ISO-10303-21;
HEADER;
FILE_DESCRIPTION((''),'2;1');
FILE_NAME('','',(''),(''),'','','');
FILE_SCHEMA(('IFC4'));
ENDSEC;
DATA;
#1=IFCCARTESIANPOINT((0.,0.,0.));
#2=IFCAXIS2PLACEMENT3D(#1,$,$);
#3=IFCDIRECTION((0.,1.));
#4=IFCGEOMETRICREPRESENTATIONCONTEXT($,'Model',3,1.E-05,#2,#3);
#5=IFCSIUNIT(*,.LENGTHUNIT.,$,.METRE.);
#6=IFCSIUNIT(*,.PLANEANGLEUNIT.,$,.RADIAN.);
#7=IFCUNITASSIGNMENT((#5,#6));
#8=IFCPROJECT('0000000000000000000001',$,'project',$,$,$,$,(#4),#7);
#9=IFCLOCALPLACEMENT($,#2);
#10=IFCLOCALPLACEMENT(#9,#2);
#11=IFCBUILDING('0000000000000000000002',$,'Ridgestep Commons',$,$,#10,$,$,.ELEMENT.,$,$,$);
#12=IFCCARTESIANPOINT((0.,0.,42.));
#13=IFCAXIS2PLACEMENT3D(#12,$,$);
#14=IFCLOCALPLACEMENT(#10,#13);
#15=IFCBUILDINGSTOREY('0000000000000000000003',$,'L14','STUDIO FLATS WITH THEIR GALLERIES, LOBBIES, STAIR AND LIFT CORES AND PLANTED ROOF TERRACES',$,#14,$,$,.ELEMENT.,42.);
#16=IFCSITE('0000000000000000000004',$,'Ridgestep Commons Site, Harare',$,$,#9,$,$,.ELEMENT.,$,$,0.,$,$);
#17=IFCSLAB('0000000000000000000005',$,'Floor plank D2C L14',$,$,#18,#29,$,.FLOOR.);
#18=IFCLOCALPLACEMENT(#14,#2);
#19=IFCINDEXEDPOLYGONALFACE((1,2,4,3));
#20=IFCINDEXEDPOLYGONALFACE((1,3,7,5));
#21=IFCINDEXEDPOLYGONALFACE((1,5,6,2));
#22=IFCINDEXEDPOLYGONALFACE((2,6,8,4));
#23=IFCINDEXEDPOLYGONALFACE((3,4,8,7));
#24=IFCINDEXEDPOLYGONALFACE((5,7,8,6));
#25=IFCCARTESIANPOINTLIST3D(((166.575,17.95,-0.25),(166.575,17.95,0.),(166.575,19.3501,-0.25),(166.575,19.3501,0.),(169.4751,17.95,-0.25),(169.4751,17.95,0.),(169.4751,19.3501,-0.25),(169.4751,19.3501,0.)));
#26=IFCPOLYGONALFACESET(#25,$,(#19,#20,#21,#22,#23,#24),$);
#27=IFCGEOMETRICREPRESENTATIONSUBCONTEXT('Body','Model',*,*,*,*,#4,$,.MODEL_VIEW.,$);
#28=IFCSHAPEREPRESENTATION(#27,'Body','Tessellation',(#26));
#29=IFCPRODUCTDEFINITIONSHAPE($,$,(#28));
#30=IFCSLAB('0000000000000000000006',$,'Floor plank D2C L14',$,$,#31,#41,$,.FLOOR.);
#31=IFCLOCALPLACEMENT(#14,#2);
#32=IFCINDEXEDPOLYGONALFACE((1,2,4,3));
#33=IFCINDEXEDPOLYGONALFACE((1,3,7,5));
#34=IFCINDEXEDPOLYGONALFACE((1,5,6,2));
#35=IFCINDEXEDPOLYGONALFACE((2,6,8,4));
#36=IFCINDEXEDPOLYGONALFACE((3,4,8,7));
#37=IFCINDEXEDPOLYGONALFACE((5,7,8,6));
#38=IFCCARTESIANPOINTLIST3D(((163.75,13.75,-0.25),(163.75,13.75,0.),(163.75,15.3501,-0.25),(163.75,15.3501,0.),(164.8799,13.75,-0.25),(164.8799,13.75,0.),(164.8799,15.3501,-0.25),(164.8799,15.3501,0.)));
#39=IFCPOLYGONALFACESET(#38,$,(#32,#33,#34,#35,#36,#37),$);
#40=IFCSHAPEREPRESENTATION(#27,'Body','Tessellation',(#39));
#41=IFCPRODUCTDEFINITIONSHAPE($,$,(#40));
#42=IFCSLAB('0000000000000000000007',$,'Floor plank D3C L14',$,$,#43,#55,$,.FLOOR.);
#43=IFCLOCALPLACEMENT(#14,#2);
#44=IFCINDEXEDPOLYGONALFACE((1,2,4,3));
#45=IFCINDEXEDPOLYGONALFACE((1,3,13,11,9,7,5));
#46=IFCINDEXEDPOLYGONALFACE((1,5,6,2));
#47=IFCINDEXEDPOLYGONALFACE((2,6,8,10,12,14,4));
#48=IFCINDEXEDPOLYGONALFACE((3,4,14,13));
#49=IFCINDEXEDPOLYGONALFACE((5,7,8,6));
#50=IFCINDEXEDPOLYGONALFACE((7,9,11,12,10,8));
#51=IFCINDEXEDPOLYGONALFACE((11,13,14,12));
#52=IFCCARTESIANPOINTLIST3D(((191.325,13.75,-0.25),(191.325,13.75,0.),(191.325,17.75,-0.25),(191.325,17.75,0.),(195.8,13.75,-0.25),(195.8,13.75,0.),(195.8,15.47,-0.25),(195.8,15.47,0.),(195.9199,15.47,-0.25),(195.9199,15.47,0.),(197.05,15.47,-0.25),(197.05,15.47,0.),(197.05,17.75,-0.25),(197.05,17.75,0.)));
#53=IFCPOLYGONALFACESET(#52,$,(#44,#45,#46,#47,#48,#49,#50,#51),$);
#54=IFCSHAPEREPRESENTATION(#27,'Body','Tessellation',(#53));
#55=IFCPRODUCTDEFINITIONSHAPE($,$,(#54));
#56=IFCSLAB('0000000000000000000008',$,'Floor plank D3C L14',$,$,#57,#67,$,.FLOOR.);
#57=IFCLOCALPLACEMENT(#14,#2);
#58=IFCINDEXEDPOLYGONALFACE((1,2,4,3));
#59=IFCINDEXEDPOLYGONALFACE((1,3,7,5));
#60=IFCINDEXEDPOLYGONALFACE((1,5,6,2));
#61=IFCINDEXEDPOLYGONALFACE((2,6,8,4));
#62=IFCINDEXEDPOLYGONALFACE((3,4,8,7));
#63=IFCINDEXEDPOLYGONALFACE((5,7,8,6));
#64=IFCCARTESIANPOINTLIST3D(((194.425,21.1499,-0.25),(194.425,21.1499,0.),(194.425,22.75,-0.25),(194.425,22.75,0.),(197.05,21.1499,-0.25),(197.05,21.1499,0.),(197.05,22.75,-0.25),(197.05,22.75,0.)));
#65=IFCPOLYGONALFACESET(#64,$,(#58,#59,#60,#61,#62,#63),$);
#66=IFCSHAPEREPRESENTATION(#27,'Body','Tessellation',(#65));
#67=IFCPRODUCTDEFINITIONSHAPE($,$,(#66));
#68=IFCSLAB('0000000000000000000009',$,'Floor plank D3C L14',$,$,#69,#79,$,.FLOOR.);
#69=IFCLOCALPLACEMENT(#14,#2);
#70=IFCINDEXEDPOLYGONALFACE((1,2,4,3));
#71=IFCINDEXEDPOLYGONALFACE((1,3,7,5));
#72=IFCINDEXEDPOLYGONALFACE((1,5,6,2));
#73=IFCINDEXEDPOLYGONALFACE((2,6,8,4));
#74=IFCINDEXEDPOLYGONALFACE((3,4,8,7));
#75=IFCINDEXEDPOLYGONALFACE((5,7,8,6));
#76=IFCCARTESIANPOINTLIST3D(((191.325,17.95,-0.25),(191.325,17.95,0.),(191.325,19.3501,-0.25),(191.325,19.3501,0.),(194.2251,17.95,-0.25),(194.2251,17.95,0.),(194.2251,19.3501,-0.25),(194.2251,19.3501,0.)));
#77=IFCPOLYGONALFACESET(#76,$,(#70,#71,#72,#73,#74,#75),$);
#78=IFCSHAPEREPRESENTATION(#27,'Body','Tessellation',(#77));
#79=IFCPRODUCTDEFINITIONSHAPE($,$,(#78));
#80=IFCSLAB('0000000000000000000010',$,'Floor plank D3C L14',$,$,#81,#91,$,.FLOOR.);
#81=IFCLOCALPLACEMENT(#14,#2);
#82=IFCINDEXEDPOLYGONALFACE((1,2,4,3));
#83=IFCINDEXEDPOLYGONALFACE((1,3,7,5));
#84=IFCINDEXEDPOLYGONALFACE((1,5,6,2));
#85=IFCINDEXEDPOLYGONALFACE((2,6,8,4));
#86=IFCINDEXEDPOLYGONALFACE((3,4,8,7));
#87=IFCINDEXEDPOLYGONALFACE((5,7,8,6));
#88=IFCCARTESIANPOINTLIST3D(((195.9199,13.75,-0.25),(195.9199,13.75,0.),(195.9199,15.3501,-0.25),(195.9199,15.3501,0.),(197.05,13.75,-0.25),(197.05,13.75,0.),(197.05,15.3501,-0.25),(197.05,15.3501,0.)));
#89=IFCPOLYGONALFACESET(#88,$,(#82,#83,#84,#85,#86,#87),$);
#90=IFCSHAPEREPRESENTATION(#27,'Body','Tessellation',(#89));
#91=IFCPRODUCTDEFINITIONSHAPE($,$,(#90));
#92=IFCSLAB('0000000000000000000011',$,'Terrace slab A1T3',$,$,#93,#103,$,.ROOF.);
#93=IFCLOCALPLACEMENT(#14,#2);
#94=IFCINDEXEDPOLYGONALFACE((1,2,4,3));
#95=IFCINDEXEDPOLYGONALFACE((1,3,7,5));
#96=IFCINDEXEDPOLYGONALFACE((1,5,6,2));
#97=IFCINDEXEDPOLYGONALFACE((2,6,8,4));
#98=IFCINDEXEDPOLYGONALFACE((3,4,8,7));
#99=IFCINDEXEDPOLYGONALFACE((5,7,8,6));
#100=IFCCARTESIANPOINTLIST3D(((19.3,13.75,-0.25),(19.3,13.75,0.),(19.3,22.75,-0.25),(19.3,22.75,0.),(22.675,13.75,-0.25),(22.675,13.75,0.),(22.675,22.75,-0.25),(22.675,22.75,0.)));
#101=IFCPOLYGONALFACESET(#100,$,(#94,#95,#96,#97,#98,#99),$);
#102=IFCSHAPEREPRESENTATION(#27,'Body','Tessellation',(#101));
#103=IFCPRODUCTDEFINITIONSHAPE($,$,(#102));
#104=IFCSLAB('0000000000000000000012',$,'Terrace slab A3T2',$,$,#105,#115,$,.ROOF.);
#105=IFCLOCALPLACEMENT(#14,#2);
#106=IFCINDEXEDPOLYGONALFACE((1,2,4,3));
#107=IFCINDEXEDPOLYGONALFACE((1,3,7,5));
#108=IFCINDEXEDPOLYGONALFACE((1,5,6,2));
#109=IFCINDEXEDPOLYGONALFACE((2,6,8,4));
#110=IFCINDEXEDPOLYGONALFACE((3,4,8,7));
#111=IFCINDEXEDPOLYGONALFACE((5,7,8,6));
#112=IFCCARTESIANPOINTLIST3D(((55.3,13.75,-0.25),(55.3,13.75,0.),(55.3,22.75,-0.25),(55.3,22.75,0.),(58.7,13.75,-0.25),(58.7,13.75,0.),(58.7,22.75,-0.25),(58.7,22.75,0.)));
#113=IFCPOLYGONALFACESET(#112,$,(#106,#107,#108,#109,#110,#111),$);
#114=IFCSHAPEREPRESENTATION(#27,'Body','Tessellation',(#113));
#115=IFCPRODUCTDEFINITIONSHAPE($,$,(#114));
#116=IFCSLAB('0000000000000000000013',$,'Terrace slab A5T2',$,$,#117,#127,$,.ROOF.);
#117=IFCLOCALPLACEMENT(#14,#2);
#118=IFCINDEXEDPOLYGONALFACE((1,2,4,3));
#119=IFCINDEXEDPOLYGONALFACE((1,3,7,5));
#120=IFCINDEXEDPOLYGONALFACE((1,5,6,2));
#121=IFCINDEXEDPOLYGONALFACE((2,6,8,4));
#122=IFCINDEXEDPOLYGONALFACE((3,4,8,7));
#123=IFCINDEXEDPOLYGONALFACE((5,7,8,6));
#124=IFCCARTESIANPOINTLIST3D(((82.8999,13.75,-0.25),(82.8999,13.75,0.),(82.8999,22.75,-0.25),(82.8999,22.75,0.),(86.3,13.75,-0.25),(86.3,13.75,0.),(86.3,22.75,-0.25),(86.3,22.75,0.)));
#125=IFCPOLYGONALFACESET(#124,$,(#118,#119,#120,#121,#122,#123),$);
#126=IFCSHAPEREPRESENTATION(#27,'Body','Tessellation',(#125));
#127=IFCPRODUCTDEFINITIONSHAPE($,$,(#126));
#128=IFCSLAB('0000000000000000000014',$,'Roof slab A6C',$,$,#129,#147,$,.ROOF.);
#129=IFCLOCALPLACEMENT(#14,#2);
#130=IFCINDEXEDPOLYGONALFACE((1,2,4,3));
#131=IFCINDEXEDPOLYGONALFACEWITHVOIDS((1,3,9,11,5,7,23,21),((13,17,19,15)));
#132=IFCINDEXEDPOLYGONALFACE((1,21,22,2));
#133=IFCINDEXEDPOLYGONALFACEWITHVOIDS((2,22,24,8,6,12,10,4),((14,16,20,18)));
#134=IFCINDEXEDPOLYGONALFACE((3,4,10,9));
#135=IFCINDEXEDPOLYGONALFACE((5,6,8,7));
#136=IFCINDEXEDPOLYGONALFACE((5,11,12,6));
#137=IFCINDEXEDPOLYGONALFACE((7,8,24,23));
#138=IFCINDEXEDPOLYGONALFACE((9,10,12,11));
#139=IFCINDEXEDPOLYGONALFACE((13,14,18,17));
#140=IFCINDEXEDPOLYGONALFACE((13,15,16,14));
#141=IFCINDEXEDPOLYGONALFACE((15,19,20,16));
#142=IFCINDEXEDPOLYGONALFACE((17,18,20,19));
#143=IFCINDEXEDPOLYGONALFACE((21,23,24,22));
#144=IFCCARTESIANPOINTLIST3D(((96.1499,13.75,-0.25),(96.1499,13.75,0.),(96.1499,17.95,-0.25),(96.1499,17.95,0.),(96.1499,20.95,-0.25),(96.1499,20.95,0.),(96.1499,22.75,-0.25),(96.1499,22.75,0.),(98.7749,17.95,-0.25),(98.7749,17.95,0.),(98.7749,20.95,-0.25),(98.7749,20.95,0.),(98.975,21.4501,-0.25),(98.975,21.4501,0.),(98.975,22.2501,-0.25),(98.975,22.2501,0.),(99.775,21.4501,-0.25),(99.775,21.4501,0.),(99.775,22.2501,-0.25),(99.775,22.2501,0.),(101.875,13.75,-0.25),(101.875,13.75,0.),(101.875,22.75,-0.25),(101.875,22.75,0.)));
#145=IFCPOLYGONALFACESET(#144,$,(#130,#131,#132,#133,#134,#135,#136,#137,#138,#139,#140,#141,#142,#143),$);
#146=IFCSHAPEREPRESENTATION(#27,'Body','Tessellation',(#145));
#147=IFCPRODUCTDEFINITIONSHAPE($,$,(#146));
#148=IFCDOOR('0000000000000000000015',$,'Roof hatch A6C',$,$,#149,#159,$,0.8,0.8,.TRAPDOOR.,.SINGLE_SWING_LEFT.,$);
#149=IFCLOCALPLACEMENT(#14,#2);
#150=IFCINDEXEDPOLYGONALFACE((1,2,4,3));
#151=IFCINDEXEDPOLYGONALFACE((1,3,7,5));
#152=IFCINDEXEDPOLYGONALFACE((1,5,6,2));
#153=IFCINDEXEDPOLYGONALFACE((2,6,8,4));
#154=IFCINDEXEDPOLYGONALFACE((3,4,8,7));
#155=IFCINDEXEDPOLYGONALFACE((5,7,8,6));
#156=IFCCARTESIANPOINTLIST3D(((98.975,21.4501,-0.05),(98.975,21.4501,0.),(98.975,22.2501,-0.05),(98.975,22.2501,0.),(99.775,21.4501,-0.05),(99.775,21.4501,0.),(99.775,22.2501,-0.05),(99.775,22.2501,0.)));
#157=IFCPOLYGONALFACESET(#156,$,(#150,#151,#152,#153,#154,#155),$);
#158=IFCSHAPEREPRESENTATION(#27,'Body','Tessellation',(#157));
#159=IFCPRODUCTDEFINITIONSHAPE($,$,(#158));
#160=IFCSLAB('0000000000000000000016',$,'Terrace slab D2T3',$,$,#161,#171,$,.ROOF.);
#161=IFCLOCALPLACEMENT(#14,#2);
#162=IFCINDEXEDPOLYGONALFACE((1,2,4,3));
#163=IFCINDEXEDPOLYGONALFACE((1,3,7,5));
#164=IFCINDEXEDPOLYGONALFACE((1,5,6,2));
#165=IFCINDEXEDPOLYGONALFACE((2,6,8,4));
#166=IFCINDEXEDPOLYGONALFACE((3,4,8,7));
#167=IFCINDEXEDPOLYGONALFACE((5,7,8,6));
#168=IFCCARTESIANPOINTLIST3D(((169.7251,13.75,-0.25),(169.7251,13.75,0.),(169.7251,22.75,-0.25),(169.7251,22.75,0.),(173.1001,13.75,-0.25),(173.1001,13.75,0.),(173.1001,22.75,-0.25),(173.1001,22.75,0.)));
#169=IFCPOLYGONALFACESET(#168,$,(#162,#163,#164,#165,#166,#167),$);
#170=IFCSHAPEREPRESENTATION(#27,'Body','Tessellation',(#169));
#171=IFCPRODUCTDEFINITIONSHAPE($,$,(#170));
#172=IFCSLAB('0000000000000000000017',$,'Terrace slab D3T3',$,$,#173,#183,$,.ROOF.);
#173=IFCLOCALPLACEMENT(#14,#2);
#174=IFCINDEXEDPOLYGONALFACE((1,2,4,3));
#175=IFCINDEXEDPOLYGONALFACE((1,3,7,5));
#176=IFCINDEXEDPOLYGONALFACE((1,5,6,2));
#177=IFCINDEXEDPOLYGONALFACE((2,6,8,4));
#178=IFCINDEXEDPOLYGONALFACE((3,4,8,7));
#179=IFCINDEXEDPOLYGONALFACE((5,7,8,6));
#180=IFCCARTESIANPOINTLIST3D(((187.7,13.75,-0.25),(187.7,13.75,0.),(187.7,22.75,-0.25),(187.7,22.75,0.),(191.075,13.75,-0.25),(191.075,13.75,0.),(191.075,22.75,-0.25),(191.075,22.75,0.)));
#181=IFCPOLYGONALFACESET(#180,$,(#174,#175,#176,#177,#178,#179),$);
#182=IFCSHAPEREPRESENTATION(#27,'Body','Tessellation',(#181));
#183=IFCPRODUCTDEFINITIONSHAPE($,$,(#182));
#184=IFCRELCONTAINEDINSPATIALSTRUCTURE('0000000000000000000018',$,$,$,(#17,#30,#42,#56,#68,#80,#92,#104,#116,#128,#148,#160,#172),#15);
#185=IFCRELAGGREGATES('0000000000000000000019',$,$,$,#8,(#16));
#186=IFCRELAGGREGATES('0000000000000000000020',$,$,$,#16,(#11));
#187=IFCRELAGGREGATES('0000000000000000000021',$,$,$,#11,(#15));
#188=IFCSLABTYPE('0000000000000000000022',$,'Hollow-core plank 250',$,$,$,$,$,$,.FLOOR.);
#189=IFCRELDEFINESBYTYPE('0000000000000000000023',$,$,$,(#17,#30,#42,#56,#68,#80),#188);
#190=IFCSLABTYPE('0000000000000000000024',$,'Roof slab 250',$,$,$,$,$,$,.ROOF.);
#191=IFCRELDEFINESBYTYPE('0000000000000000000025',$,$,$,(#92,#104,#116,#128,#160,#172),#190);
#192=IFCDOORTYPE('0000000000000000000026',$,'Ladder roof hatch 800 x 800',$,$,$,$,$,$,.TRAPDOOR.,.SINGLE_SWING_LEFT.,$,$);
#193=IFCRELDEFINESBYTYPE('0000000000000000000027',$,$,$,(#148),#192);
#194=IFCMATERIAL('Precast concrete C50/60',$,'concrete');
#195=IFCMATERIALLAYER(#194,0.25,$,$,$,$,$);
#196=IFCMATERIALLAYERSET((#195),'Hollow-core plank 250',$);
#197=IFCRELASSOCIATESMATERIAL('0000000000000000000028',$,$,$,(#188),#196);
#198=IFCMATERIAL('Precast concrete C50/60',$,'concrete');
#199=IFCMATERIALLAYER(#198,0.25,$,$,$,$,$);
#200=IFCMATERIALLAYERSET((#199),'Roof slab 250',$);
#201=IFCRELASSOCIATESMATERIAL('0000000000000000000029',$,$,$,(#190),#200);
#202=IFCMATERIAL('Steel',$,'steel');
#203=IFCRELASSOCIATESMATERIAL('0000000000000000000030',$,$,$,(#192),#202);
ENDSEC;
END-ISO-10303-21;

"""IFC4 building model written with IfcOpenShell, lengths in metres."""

from ifc_helpers import new_model, si_unit, direction, frame, origin, origin_2d, place, context, subcontext, project, spatial, polyline, rectangle, outline, extrude, material, layer, layer_set, type_object, element, fill, save


model = new_model("IFC4")

# Units and contexts
model_context = context("Model", 3, precision=1e-05, world=origin(), true_north=direction((0.0, 1.0)))
body_context = subcontext(model_context, "Body", "Model", "MODEL_VIEW")
ifc_project = project(units=[si_unit("LENGTHUNIT", "METRE"), si_unit("PLANEANGLEUNIT", "RADIAN")], contexts=[model_context])

# Site, building, storey
site_placement = place(None, origin())
site = spatial("IfcSite", under=ifc_project, at=site_placement, Name="Ridgestep Commons Site, Harare", CompositionType="ELEMENT", RefElevation=0.0)
building_placement = place(site_placement, origin())
building = spatial("IfcBuilding", under=site, at=building_placement, Name="Ridgestep Commons", CompositionType="ELEMENT")
storey_placement = place(building_placement, frame((0.0, 0.0, 42.0)))
storey = spatial("IfcBuildingStorey", under=building, at=storey_placement, Name="L14", Description="STUDIO FLATS WITH THEIR GALLERIES, LOBBIES, STAIR AND LIFT CORES AND PLANTED ROOF TERRACES", CompositionType="ELEMENT", Elevation=42.0)

# Slabs
ifc_material_1 = material(Name="Precast concrete C50/60", Category="concrete")
ifc_layer_1 = layer(ifc_material_1, 0.25)
ifc_layer_set_1 = layer_set([ifc_layer_1], Name="Hollow-core plank 250")
slab_type_1 = type_object("IfcSlabType", Name="Hollow-core plank 250", PredefinedType="FLOOR", material=ifc_layer_set_1)
slab_1_placement = place(storey_placement, frame((0.0, 0.0, -0.25)))
element("IfcSlab", 1, at=slab_1_placement, inside=storey, type_object=slab_type_1, Name="Floor plank D2C L14", PredefinedType="FLOOR", context=body_context, shape_type="SweptSolid", body=[
    extrude(outline(polyline([(169.4751, 17.95), (169.4751, 19.3501), (166.575, 19.3501), (166.575, 17.95), (169.4751, 17.95)])), origin(), (0.0, 0.0, 1.0), 0.25),
])
slab_2_placement = place(storey_placement, frame((0.0, 0.0, -0.25)))
element("IfcSlab", 2, at=slab_2_placement, inside=storey, type_object=slab_type_1, Name="Floor plank D2C L14", PredefinedType="FLOOR", context=body_context, shape_type="SweptSolid", body=[
    extrude(outline(polyline([(164.8799, 15.3501), (163.75, 15.3501), (163.75, 13.75), (164.8799, 13.75), (164.8799, 15.3501)])), origin(), (0.0, 0.0, 1.0), 0.25),
])
slab_3_placement = place(storey_placement, frame((0.0, 0.0, -0.25)))
element("IfcSlab", 3, at=slab_3_placement, inside=storey, type_object=slab_type_1, Name="Floor plank D3C L14", PredefinedType="FLOOR", context=body_context, shape_type="SweptSolid", body=[
    extrude(outline(polyline([(195.9199, 15.47), (197.05, 15.47), (197.05, 17.75), (191.325, 17.75), (191.325, 13.75), (195.8, 13.75), (195.8, 15.47), (195.9199, 15.47)])), origin(), (0.0, 0.0, 1.0), 0.25),
])
slab_4_placement = place(storey_placement, frame((0.0, 0.0, -0.25)))
element("IfcSlab", 4, at=slab_4_placement, inside=storey, type_object=slab_type_1, Name="Floor plank D3C L14", PredefinedType="FLOOR", context=body_context, shape_type="SweptSolid", body=[
    extrude(outline(polyline([(197.05, 21.1499), (197.05, 22.75), (194.425, 22.75), (194.425, 21.1499), (197.05, 21.1499)])), origin(), (0.0, 0.0, 1.0), 0.25),
])
slab_5_placement = place(storey_placement, frame((0.0, 0.0, -0.25)))
element("IfcSlab", 5, at=slab_5_placement, inside=storey, type_object=slab_type_1, Name="Floor plank D3C L14", PredefinedType="FLOOR", context=body_context, shape_type="SweptSolid", body=[
    extrude(outline(polyline([(194.2251, 17.95), (194.2251, 19.3501), (191.325, 19.3501), (191.325, 17.95), (194.2251, 17.95)])), origin(), (0.0, 0.0, 1.0), 0.25),
])
slab_6_placement = place(storey_placement, frame((0.0, 0.0, -0.25)))
element("IfcSlab", 6, at=slab_6_placement, inside=storey, type_object=slab_type_1, Name="Floor plank D3C L14", PredefinedType="FLOOR", context=body_context, shape_type="SweptSolid", body=[
    extrude(outline(polyline([(195.9199, 13.75), (197.05, 13.75), (197.05, 15.3501), (195.9199, 15.3501), (195.9199, 13.75)])), origin(), (0.0, 0.0, 1.0), 0.25),
])
ifc_material_2 = material(Name="Precast concrete C50/60", Category="concrete")
ifc_layer_2 = layer(ifc_material_2, 0.25)
ifc_layer_set_2 = layer_set([ifc_layer_2], Name="Roof slab 250")
slab_type_2 = type_object("IfcSlabType", Name="Roof slab 250", PredefinedType="ROOF", material=ifc_layer_set_2)
slab_7_placement = place(storey_placement, frame((0.0, 0.0, -0.25)))
element("IfcSlab", 7, at=slab_7_placement, inside=storey, type_object=slab_type_2, Name="Terrace slab A1T3", PredefinedType="ROOF", context=body_context, shape_type="SweptSolid", body=[
    extrude(outline(polyline([(22.675, 13.75), (22.675, 22.75), (19.3, 22.75), (19.3, 13.75), (22.675, 13.75)])), origin(), (0.0, 0.0, 1.0), 0.25),
])
slab_8_placement = place(storey_placement, frame((0.0, 0.0, -0.25)))
element("IfcSlab", 8, at=slab_8_placement, inside=storey, type_object=slab_type_2, Name="Terrace slab A3T2", PredefinedType="ROOF", context=body_context, shape_type="SweptSolid", body=[
    extrude(outline(polyline([(58.7, 13.75), (58.7, 22.75), (55.3, 22.75), (55.3, 13.75), (58.7, 13.75)])), origin(), (0.0, 0.0, 1.0), 0.25),
])
slab_9_placement = place(storey_placement, frame((0.0, 0.0, -0.25)))
element("IfcSlab", 9, at=slab_9_placement, inside=storey, type_object=slab_type_2, Name="Terrace slab A5T2", PredefinedType="ROOF", context=body_context, shape_type="SweptSolid", body=[
    extrude(outline(polyline([(86.3, 13.75), (86.3, 22.75), (82.8999, 22.75), (82.8999, 13.75), (86.3, 13.75)])), origin(), (0.0, 0.0, 1.0), 0.25),
])

# Slab, opening, door
slab_10_placement = place(storey_placement, frame((0.0, 0.0, -0.25)))
slab_10 = element("IfcSlab", 10, at=slab_10_placement, inside=storey, type_object=slab_type_2, Name="Roof slab A6C", PredefinedType="ROOF", context=body_context, shape_type="SweptSolid", body=[
    extrude(outline(polyline([(96.1499, 22.75), (96.1499, 20.95), (98.7749, 20.95), (98.7749, 17.95), (96.1499, 17.95), (96.1499, 13.75), (101.875, 13.75), (101.875, 22.75), (96.1499, 22.75)])), origin(), (0.0, 0.0, 1.0), 0.25),
])
opening_placement = place(slab_10_placement, frame((99.375, 21.8501, 0.0)))
opening = element("IfcOpeningElement", 11, at=opening_placement, cuts=slab_10, PredefinedType="OPENING", context=body_context, shape_type="SweptSolid", body=[
    extrude(rectangle(XDim=0.8, YDim=0.8, at=origin_2d()), origin(), (0.0, 0.0, 1.0), 0.25),
])
ifc_material_3 = material(Name="Steel", Category="steel")
door_type = type_object("IfcDoorType", Name="Ladder roof hatch 800 x 800", OperationType="SINGLE_SWING_LEFT", PredefinedType="TRAPDOOR", material=ifc_material_3)
door_placement = place(opening_placement, frame((0.0, 0.0, 0.2)))
door = element("IfcDoor", 12, at=door_placement, inside=storey, type_object=door_type, Name="Roof hatch A6C", OperationType="SINGLE_SWING_LEFT", OverallHeight=0.8, OverallWidth=0.8, PredefinedType="TRAPDOOR", context=body_context, shape_type="SweptSolid", body=[
    extrude(rectangle(XDim=0.8, YDim=0.8, at=origin_2d()), origin(), (0.0, 0.0, 1.0), 0.05),
])
fill(opening, door)

# Slabs
slab_11_placement = place(storey_placement, frame((0.0, 0.0, -0.25)))
element("IfcSlab", 13, at=slab_11_placement, inside=storey, type_object=slab_type_2, Name="Terrace slab D2T3", PredefinedType="ROOF", context=body_context, shape_type="SweptSolid", body=[
    extrude(outline(polyline([(173.1001, 13.75), (173.1001, 22.75), (169.7251, 22.75), (169.7251, 13.75), (173.1001, 13.75)])), origin(), (0.0, 0.0, 1.0), 0.25),
])
slab_12_placement = place(storey_placement, frame((0.0, 0.0, -0.25)))
element("IfcSlab", 14, at=slab_12_placement, inside=storey, type_object=slab_type_2, Name="Terrace slab D3T3", PredefinedType="ROOF", context=body_context, shape_type="SweptSolid", body=[
    extrude(outline(polyline([(191.075, 13.75), (191.075, 22.75), (187.7, 22.75), (187.7, 13.75), (191.075, 13.75)])), origin(), (0.0, 0.0, 1.0), 0.25),
])

save(model, "model.ifc")
